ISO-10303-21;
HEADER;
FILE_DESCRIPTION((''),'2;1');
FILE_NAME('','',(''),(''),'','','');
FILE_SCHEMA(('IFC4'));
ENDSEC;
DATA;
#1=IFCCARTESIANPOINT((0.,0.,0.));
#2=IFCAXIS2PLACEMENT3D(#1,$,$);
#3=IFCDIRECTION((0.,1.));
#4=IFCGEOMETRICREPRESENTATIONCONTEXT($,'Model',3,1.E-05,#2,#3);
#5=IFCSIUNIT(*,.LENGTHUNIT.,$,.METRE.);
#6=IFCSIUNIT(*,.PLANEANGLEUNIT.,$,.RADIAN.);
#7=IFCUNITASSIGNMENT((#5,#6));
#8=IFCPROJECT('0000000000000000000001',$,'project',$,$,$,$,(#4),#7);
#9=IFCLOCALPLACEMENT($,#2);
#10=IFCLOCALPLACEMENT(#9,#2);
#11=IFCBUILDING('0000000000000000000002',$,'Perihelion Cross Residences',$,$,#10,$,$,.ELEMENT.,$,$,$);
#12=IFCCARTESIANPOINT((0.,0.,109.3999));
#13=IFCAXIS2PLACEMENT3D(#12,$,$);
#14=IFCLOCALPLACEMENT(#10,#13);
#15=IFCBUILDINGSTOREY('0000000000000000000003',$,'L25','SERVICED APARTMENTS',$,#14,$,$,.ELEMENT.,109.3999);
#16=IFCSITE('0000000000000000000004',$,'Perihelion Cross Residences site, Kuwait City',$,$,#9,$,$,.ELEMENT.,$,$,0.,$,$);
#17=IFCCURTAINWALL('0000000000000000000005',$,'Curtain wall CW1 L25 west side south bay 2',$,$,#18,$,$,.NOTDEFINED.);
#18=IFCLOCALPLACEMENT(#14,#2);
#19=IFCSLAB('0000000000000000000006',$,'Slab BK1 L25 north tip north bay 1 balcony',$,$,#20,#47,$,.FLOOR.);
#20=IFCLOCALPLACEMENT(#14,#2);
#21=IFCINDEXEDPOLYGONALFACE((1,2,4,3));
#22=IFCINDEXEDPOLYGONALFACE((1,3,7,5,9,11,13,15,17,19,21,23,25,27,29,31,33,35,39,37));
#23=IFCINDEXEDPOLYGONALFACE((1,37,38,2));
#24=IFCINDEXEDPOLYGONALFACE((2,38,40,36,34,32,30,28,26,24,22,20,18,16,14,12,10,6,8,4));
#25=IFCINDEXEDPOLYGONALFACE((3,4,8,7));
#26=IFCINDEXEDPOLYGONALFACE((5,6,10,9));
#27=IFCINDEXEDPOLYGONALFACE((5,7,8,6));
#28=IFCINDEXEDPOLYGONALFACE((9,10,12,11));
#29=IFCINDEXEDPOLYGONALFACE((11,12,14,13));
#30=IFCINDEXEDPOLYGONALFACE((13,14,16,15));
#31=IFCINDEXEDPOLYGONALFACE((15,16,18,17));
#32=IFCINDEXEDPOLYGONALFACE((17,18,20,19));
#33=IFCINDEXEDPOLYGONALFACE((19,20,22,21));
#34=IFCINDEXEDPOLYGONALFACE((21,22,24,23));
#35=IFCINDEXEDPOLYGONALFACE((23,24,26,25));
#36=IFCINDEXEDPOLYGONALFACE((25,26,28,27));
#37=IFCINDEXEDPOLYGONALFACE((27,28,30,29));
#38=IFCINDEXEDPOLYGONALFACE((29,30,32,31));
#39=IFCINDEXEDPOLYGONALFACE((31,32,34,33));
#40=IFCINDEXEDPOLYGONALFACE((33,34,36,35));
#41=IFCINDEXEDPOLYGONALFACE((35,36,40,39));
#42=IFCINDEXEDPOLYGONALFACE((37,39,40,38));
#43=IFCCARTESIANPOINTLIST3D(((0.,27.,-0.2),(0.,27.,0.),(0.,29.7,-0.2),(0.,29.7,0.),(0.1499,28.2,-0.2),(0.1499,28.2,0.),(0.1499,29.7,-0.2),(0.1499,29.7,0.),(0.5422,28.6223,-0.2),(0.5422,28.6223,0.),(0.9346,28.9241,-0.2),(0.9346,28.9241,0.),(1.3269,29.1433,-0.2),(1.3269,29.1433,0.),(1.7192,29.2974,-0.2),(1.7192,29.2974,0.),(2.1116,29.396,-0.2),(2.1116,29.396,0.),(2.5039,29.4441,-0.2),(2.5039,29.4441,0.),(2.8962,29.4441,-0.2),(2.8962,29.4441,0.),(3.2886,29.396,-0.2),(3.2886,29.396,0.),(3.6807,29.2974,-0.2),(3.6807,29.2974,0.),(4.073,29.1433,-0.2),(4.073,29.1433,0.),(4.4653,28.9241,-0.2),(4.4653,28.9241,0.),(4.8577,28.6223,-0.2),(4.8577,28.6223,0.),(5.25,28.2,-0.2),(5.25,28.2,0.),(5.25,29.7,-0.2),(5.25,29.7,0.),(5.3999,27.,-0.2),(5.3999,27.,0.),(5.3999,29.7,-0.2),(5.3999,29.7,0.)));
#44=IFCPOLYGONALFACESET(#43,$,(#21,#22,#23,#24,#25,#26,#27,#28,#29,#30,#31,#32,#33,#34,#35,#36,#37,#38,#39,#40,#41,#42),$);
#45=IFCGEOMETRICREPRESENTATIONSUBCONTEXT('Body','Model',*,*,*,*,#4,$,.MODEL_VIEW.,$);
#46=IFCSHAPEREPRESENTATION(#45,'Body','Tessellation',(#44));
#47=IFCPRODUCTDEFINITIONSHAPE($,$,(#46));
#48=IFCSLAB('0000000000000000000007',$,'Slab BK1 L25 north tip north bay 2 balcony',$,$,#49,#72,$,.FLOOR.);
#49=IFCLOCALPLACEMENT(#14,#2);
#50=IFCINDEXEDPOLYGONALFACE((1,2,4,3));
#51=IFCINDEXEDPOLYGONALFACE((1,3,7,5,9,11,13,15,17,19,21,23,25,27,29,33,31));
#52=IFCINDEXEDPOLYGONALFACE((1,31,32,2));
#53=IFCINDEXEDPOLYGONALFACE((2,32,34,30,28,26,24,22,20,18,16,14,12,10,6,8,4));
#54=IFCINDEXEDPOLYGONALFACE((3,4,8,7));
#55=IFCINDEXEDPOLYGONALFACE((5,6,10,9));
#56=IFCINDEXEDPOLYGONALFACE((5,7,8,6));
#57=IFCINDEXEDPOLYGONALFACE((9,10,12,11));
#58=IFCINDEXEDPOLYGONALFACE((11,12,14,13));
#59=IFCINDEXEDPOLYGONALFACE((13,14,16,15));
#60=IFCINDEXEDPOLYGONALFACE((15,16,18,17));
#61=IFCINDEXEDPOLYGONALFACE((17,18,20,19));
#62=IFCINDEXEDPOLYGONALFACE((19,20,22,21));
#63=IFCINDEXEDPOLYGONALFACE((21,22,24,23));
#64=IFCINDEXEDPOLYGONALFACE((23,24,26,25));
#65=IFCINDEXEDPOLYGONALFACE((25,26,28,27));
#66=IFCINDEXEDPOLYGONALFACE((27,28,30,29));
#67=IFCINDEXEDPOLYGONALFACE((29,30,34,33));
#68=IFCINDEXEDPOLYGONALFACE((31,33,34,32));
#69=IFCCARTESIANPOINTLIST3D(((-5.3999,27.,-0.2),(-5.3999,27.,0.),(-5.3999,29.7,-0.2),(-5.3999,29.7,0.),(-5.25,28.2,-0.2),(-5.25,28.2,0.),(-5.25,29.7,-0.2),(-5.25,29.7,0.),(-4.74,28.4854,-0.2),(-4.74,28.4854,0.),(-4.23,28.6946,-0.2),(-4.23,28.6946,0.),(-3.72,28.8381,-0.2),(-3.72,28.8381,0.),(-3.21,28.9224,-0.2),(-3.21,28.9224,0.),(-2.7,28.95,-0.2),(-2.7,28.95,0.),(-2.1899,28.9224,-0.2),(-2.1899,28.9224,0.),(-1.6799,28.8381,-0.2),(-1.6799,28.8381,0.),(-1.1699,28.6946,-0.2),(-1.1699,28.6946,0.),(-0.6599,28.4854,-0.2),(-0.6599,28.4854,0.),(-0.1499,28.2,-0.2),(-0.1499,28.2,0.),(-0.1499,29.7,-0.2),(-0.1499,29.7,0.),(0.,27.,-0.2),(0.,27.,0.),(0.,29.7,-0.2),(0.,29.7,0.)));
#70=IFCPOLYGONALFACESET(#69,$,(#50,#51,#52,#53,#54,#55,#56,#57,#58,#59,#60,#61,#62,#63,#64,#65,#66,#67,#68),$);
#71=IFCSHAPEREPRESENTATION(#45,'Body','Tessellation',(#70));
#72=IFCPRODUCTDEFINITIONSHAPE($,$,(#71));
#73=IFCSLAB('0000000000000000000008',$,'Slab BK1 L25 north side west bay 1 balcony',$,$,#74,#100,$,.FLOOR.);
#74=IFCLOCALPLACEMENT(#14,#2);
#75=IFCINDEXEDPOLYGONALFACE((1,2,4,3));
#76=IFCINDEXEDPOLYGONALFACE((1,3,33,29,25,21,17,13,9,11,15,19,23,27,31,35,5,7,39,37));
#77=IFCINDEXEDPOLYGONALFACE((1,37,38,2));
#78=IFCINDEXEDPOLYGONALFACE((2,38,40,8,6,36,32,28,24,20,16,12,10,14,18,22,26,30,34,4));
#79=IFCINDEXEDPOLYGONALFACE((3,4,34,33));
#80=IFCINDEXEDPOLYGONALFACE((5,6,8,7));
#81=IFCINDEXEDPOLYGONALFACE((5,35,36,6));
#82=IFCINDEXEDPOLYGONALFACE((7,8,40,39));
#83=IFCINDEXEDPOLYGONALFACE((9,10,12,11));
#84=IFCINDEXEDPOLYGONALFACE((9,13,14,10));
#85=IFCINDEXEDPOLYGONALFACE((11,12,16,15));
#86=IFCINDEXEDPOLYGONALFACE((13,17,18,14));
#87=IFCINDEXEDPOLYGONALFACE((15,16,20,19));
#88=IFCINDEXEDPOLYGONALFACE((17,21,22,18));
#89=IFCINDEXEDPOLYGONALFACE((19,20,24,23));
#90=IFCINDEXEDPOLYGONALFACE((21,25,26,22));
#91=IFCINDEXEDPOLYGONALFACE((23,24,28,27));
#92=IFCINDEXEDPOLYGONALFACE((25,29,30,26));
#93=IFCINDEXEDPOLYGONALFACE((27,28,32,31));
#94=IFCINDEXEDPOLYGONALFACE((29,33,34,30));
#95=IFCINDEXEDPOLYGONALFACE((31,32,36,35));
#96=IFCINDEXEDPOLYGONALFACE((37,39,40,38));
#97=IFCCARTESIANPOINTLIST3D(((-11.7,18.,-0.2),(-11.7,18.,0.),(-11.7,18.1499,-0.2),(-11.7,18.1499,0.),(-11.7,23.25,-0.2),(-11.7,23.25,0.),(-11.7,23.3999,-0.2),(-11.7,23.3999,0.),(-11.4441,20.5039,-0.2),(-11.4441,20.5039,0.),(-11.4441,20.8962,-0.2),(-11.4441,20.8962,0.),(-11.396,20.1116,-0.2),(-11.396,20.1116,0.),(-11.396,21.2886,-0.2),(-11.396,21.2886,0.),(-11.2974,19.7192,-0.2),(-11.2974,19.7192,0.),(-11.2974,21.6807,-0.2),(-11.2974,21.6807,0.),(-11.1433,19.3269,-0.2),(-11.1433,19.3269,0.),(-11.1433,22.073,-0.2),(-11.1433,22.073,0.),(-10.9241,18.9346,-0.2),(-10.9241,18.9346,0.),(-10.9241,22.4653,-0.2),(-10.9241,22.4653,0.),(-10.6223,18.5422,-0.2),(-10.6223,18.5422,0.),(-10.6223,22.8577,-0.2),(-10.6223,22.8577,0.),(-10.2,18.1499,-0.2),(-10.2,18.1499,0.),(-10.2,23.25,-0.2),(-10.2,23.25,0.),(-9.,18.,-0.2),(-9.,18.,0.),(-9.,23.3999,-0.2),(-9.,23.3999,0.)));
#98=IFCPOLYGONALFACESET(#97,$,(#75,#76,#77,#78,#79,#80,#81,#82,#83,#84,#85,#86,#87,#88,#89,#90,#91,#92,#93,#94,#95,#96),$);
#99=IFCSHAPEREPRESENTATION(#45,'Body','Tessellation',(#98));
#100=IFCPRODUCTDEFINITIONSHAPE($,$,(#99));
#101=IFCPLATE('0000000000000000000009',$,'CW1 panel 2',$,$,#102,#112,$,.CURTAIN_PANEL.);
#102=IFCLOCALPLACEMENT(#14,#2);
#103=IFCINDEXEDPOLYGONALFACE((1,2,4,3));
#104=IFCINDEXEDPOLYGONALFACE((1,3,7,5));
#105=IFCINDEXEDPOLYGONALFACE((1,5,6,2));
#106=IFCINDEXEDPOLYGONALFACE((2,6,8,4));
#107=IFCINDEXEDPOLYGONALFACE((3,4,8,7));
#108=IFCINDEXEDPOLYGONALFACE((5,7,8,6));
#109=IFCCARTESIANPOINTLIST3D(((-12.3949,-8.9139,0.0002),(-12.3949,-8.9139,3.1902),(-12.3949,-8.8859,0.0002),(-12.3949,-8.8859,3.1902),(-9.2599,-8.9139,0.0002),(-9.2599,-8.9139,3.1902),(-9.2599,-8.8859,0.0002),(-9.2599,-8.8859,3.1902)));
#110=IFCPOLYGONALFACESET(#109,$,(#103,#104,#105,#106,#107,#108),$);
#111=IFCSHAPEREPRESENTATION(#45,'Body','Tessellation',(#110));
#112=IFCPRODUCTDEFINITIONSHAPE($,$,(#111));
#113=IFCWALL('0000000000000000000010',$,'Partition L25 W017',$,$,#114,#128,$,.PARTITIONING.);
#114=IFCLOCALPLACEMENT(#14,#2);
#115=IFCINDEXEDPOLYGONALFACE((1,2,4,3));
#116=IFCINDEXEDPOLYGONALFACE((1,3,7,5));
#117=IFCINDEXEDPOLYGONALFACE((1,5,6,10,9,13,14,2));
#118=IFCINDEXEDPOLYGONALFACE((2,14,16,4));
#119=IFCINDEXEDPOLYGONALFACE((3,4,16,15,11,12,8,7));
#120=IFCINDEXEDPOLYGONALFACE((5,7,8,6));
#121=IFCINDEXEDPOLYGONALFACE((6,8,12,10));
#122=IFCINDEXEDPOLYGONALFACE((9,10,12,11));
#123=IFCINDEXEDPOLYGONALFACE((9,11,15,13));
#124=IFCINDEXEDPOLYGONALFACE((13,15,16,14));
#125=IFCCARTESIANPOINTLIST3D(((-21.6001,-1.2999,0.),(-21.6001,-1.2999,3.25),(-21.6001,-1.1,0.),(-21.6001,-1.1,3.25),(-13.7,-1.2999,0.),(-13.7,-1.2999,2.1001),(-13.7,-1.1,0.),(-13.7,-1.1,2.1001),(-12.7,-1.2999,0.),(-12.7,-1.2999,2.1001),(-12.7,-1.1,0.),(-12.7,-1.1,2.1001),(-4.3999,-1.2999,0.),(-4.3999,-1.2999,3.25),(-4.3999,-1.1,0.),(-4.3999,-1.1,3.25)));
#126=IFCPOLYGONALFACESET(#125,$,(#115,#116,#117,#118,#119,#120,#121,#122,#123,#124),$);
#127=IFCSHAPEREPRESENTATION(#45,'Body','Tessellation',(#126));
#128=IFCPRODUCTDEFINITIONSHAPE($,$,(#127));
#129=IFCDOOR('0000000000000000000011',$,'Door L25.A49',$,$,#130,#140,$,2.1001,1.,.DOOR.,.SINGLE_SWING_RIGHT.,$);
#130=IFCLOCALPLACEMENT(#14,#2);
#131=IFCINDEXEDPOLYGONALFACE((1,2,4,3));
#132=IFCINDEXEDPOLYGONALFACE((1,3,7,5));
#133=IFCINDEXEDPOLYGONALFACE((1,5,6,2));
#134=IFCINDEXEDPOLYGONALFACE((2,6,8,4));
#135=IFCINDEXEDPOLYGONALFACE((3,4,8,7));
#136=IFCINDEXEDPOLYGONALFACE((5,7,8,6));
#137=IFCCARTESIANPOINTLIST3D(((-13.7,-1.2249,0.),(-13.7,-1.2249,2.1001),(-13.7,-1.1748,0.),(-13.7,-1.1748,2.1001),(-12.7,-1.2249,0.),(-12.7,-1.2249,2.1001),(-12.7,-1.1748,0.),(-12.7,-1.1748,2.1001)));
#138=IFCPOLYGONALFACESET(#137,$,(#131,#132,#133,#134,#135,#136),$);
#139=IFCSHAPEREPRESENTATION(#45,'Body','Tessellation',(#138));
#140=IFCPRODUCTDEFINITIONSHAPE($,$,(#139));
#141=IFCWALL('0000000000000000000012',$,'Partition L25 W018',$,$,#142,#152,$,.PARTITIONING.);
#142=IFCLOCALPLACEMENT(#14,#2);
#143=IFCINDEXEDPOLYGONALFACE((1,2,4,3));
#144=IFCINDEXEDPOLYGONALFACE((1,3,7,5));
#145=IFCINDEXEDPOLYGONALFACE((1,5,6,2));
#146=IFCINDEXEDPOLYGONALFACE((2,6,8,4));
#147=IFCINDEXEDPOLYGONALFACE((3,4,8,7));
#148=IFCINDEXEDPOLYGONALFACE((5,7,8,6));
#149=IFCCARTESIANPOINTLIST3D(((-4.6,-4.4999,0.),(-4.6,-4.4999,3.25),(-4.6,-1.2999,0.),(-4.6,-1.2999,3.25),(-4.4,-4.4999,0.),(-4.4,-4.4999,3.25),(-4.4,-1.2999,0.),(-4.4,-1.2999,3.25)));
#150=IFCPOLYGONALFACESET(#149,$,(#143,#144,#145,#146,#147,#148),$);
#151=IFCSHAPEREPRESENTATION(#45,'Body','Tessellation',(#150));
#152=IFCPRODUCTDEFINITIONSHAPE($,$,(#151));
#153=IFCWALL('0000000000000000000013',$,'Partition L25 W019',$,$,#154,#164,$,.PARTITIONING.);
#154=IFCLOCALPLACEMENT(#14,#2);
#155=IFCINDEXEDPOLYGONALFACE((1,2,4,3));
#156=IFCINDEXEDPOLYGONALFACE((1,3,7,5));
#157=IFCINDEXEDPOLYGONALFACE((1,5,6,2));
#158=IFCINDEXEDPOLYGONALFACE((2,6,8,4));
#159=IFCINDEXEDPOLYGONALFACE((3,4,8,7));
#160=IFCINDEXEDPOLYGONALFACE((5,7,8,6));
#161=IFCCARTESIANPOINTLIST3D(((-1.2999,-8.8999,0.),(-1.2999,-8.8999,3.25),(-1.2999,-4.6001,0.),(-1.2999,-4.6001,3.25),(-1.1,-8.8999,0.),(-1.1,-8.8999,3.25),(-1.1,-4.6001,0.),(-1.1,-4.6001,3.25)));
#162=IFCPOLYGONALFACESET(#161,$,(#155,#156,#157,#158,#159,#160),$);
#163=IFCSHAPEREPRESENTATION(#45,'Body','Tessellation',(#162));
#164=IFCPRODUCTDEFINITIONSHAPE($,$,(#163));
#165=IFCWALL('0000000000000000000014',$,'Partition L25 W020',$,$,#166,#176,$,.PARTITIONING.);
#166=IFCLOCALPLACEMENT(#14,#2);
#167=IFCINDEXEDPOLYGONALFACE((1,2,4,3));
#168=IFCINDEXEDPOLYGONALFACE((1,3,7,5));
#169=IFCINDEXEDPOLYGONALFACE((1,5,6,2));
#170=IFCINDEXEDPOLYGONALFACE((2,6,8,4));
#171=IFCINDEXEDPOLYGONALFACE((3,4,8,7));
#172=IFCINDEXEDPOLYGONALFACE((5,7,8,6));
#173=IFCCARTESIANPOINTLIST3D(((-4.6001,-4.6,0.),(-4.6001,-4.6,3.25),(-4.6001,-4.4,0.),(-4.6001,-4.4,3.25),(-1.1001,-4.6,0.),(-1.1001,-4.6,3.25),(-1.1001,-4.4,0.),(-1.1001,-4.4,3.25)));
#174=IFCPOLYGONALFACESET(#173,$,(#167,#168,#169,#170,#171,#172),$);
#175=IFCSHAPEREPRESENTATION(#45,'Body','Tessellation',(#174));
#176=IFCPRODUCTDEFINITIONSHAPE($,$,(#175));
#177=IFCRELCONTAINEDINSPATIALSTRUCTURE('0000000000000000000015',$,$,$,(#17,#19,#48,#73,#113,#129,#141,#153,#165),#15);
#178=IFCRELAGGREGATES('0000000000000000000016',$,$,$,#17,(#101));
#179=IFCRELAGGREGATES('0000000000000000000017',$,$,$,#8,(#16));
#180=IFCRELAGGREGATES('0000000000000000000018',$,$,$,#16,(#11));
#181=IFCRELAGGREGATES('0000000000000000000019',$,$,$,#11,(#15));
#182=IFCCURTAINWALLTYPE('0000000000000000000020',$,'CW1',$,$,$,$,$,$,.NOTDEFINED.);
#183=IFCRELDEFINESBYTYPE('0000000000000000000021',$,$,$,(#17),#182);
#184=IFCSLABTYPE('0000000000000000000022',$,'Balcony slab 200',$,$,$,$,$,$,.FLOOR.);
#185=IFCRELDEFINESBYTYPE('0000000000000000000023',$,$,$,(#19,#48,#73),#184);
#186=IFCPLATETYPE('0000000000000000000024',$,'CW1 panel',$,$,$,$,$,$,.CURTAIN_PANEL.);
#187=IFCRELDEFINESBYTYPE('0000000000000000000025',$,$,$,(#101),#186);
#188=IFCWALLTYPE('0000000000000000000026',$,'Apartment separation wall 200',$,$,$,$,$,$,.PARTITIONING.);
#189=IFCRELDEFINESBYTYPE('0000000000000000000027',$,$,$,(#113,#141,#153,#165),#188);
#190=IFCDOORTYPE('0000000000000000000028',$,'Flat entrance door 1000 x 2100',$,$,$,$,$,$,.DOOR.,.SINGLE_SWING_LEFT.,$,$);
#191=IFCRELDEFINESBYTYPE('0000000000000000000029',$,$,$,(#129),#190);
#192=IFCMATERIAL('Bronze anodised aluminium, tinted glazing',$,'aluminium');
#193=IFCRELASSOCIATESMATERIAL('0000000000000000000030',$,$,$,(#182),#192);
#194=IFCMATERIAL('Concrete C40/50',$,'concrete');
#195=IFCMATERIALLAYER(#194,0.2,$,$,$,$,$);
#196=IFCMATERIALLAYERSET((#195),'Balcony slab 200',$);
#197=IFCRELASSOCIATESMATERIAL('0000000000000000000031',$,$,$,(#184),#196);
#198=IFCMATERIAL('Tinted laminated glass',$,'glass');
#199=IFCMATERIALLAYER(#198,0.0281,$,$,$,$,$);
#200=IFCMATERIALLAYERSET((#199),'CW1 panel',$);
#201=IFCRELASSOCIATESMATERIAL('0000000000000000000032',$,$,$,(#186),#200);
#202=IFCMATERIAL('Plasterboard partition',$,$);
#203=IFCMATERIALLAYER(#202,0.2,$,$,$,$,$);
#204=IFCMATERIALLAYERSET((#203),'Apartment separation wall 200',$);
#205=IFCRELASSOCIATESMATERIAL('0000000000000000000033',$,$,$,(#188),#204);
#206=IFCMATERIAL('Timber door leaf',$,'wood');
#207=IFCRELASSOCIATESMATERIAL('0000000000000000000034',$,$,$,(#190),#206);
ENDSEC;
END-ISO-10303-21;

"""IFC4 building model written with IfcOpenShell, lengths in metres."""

from ifc_helpers import new_model, si_unit, direction, frame, frame_2d, origin, origin_2d, place, context, subcontext, project, spatial, polyline, rectangle, outline, extrude, material, layer, layer_set, type_object, element, fill, aggregate, save


model = new_model("IFC4")

# Units and contexts
model_context = context("Model", 3, precision=1e-05, world=origin(), true_north=direction((0.0, 1.0)))
body_context = subcontext(model_context, "Body", "Model", "MODEL_VIEW")
ifc_project = project(units=[si_unit("LENGTHUNIT", "METRE"), si_unit("PLANEANGLEUNIT", "RADIAN")], contexts=[model_context])

# Site, building, storey
site_placement = place(None, origin())
site = spatial("IfcSite", under=ifc_project, at=site_placement, Name="Perihelion Cross Residences site, Kuwait City", CompositionType="ELEMENT", RefElevation=0.0)
building_placement = place(site_placement, origin())
building = spatial("IfcBuilding", under=site, at=building_placement, Name="Perihelion Cross Residences", CompositionType="ELEMENT")
storey_placement = place(building_placement, frame((0.0, 0.0, 109.3999)))
storey = spatial("IfcBuildingStorey", under=building, at=storey_placement, Name="L25", Description="SERVICED APARTMENTS", CompositionType="ELEMENT", Elevation=109.3999)

# Curtain wall
ifc_material_1 = material(Name="Bronze anodised aluminium, tinted glazing", Category="aluminium")
curtain_wall_type = type_object("IfcCurtainWallType", Name="CW1", PredefinedType="NOTDEFINED", material=ifc_material_1)
curtain_wall_1_placement = place(storey_placement, origin())
curtain_wall_1 = element("IfcCurtainWall", 1, at=curtain_wall_1_placement, inside=storey, type_object=curtain_wall_type, Name="Curtain wall CW1 L25 west side south bay 2", PredefinedType="NOTDEFINED")

# Slabs
ifc_material_2 = material(Name="Concrete C40/50", Category="concrete")
ifc_layer_1 = layer(ifc_material_2, 0.2)
ifc_layer_set_1 = layer_set([ifc_layer_1], Name="Balcony slab 200")
slab_type_1 = type_object("IfcSlabType", Name="Balcony slab 200", PredefinedType="FLOOR", material=ifc_layer_set_1)
slab_1_placement = place(storey_placement, frame((0.0, 0.0, -0.2)))
element("IfcSlab", 2, at=slab_1_placement, inside=storey, type_object=slab_type_1, Name="Slab BK1 L25 north tip north bay 1 balcony", PredefinedType="FLOOR", context=body_context, shape_type="SweptSolid", body=[
    extrude(outline(polyline([(5.3999, 27.0), (0.0, 27.0), (0.0, 29.7), (0.1499, 29.7), (0.1499, 28.2), (0.5422, 28.6223), (0.9346, 28.9241), (1.3269, 29.1433), (1.7192, 29.2974), (2.1116, 29.396), (2.5039, 29.4441), (2.8962, 29.4441), (3.2886, 29.396), (3.6807, 29.2974), (4.073, 29.1433), (4.4653, 28.9241), (4.8577, 28.6223), (5.25, 28.2), (5.25, 29.7), (5.3999, 29.7), (5.3999, 27.0)])), origin(), (0.0, 0.0, 1.0), 0.2),
])
slab_2_placement = place(storey_placement, frame((0.0, 0.0, -0.2)))
element("IfcSlab", 3, at=slab_2_placement, inside=storey, type_object=slab_type_1, Name="Slab BK1 L25 north tip north bay 2 balcony", PredefinedType="FLOOR", context=body_context, shape_type="SweptSolid", body=[
    extrude(outline(polyline([(0.0, 27.0), (-5.3999, 27.0), (-5.3999, 29.7), (-5.25, 29.7), (-5.25, 28.2), (-4.74, 28.4854), (-4.23, 28.6946), (-3.72, 28.8381), (-3.21, 28.9224), (-2.7, 28.95), (-2.1899, 28.9224), (-1.6799, 28.8381), (-1.1699, 28.6946), (-0.6599, 28.4854), (-0.1499, 28.2), (-0.1499, 29.7), (0.0, 29.7), (0.0, 27.0)])), origin(), (0.0, 0.0, 1.0), 0.2),
])
slab_3_placement = place(storey_placement, frame((0.0, 0.0, -0.2)))
element("IfcSlab", 4, at=slab_3_placement, inside=storey, type_object=slab_type_1, Name="Slab BK1 L25 north side west bay 1 balcony", PredefinedType="FLOOR", context=body_context, shape_type="SweptSolid", body=[
    extrude(outline(polyline([(-9.0, 23.3999), (-9.0, 18.0), (-11.7, 18.0), (-11.7, 18.1499), (-10.2, 18.1499), (-10.6223, 18.5422), (-10.9241, 18.9346), (-11.1433, 19.3269), (-11.2974, 19.7192), (-11.396, 20.1116), (-11.4441, 20.5039), (-11.4441, 20.8962), (-11.396, 21.2886), (-11.2974, 21.6807), (-11.1433, 22.073), (-10.9241, 22.4653), (-10.6223, 22.8577), (-10.2, 23.25), (-11.7, 23.25), (-11.7, 23.3999), (-9.0, 23.3999)])), origin(), (0.0, 0.0, 1.0), 0.2),
])

# Plate
ifc_material_3 = material(Name="Tinted laminated glass", Category="glass")
ifc_layer_2 = layer(ifc_material_3, 0.0281)
ifc_layer_set_2 = layer_set([ifc_layer_2], Name="CW1 panel")
plate_type = type_object("IfcPlateType", Name="CW1 panel", PredefinedType="CURTAIN_PANEL", material=ifc_layer_set_2)
plate_placement = place(storey_placement, frame((-10.8274, -8.8999, 0.0002), z_axis=(0.0, 0.0, 1.0), x_axis=(1.0, 0.0, 0.0)))
plate = element("IfcPlate", 5, at=plate_placement, type_object=plate_type, Name="CW1 panel 2", PredefinedType="CURTAIN_PANEL", context=body_context, shape_type="SweptSolid", body=[
    extrude(rectangle(XDim=3.135, YDim=0.0281, at=origin_2d()), origin(), (0.0, 0.0, 1.0), 3.1899),
])
aggregate(curtain_wall_1, [plate])

# Wall, opening, door
ifc_material_4 = material(Name="Plasterboard partition")
ifc_layer_3 = layer(ifc_material_4, 0.2)
ifc_layer_set_3 = layer_set([ifc_layer_3], Name="Apartment separation wall 200")
wall_type_1 = type_object("IfcWallType", Name="Apartment separation wall 200", PredefinedType="PARTITIONING", material=ifc_layer_set_3)
wall_1_placement = place(storey_placement, frame((-4.3999, -1.2, 0.0), z_axis=(0.0, 0.0, 1.0), x_axis=(-1.0, 0.0, 0.0)))
wall_1 = element("IfcWall", 6, at=wall_1_placement, inside=storey, type_object=wall_type_1, Name="Partition L25 W017", PredefinedType="PARTITIONING", context=body_context, shape_type="SweptSolid", body=[
    extrude(rectangle(XDim=17.2002, YDim=0.2, at=frame_2d((8.6001, 0.0))), origin(), (0.0, 0.0, 1.0), 3.25),
])
opening_1_placement = place(wall_1_placement, frame((8.3, 0.0, 0.0)))
opening_1 = element("IfcOpeningElement", 7, at=opening_1_placement, cuts=wall_1, PredefinedType="OPENING", context=body_context, shape_type="SweptSolid", body=[
    extrude(rectangle(XDim=1.0, YDim=2.1001, at=frame_2d((0.5, 1.05))), frame((0.0, 0.1099, 0.0), z_axis=(0.0, -1.0, 0.0), x_axis=(1.0, 0.0, 0.0)), (0.0, 0.0, 1.0), 0.22),
])
ifc_material_5 = material(Name="Timber door leaf", Category="wood")
door_type_1 = type_object("IfcDoorType", Name="Flat entrance door 1000 x 2100", OperationType="SINGLE_SWING_LEFT", PredefinedType="DOOR", material=ifc_material_5)
door_1_placement = place(opening_1_placement, origin())
door_1 = element("IfcDoor", 8, at=door_1_placement, inside=storey, type_object=door_type_1, Name="Door L25.A49", OperationType="SINGLE_SWING_RIGHT", OverallHeight=2.1001, OverallWidth=1.0, PredefinedType="DOOR", context=body_context, shape_type="SweptSolid", body=[
    extrude(rectangle(XDim=1.0, YDim=2.1001, at=frame_2d((0.5, 1.05))), frame((0.0, 0.0249, 0.0), z_axis=(0.0, -1.0, 0.0), x_axis=(1.0, 0.0, 0.0)), (0.0, 0.0, 1.0), 0.05),
])
fill(opening_1, door_1)

# Walls
wall_2_placement = place(storey_placement, frame((-4.5, -4.5, 0.0), z_axis=(0.0, 0.0, 1.0), x_axis=(0.0, 1.0, 0.0)))
element("IfcWall", 9, at=wall_2_placement, inside=storey, type_object=wall_type_1, Name="Partition L25 W018", PredefinedType="PARTITIONING", context=body_context, shape_type="SweptSolid", body=[
    extrude(rectangle(XDim=3.2, YDim=0.2, at=frame_2d((1.6001, 0.0))), origin(), (0.0, 0.0, 1.0), 3.25),
])
wall_3_placement = place(storey_placement, frame((-1.2, -8.8999, 0.0), z_axis=(0.0, 0.0, 1.0), x_axis=(0.0, 1.0, 0.0)))
element("IfcWall", 10, at=wall_3_placement, inside=storey, type_object=wall_type_1, Name="Partition L25 W019", PredefinedType="PARTITIONING", context=body_context, shape_type="SweptSolid", body=[
    extrude(rectangle(XDim=4.2998, YDim=0.2, at=frame_2d((2.1499, 0.0))), origin(), (0.0, 0.0, 1.0), 3.25),
])
wall_4_placement = place(storey_placement, frame((-1.1001, -4.5, 0.0), z_axis=(0.0, 0.0, 1.0), x_axis=(-1.0, 0.0, 0.0)))
element("IfcWall", 11, at=wall_4_placement, inside=storey, type_object=wall_type_1, Name="Partition L25 W020", PredefinedType="PARTITIONING", context=body_context, shape_type="SweptSolid", body=[
    extrude(rectangle(XDim=3.5, YDim=0.2, at=frame_2d((1.75, 0.0))), origin(), (0.0, 0.0, 1.0), 3.25),
])

save(model, "model.ifc")
